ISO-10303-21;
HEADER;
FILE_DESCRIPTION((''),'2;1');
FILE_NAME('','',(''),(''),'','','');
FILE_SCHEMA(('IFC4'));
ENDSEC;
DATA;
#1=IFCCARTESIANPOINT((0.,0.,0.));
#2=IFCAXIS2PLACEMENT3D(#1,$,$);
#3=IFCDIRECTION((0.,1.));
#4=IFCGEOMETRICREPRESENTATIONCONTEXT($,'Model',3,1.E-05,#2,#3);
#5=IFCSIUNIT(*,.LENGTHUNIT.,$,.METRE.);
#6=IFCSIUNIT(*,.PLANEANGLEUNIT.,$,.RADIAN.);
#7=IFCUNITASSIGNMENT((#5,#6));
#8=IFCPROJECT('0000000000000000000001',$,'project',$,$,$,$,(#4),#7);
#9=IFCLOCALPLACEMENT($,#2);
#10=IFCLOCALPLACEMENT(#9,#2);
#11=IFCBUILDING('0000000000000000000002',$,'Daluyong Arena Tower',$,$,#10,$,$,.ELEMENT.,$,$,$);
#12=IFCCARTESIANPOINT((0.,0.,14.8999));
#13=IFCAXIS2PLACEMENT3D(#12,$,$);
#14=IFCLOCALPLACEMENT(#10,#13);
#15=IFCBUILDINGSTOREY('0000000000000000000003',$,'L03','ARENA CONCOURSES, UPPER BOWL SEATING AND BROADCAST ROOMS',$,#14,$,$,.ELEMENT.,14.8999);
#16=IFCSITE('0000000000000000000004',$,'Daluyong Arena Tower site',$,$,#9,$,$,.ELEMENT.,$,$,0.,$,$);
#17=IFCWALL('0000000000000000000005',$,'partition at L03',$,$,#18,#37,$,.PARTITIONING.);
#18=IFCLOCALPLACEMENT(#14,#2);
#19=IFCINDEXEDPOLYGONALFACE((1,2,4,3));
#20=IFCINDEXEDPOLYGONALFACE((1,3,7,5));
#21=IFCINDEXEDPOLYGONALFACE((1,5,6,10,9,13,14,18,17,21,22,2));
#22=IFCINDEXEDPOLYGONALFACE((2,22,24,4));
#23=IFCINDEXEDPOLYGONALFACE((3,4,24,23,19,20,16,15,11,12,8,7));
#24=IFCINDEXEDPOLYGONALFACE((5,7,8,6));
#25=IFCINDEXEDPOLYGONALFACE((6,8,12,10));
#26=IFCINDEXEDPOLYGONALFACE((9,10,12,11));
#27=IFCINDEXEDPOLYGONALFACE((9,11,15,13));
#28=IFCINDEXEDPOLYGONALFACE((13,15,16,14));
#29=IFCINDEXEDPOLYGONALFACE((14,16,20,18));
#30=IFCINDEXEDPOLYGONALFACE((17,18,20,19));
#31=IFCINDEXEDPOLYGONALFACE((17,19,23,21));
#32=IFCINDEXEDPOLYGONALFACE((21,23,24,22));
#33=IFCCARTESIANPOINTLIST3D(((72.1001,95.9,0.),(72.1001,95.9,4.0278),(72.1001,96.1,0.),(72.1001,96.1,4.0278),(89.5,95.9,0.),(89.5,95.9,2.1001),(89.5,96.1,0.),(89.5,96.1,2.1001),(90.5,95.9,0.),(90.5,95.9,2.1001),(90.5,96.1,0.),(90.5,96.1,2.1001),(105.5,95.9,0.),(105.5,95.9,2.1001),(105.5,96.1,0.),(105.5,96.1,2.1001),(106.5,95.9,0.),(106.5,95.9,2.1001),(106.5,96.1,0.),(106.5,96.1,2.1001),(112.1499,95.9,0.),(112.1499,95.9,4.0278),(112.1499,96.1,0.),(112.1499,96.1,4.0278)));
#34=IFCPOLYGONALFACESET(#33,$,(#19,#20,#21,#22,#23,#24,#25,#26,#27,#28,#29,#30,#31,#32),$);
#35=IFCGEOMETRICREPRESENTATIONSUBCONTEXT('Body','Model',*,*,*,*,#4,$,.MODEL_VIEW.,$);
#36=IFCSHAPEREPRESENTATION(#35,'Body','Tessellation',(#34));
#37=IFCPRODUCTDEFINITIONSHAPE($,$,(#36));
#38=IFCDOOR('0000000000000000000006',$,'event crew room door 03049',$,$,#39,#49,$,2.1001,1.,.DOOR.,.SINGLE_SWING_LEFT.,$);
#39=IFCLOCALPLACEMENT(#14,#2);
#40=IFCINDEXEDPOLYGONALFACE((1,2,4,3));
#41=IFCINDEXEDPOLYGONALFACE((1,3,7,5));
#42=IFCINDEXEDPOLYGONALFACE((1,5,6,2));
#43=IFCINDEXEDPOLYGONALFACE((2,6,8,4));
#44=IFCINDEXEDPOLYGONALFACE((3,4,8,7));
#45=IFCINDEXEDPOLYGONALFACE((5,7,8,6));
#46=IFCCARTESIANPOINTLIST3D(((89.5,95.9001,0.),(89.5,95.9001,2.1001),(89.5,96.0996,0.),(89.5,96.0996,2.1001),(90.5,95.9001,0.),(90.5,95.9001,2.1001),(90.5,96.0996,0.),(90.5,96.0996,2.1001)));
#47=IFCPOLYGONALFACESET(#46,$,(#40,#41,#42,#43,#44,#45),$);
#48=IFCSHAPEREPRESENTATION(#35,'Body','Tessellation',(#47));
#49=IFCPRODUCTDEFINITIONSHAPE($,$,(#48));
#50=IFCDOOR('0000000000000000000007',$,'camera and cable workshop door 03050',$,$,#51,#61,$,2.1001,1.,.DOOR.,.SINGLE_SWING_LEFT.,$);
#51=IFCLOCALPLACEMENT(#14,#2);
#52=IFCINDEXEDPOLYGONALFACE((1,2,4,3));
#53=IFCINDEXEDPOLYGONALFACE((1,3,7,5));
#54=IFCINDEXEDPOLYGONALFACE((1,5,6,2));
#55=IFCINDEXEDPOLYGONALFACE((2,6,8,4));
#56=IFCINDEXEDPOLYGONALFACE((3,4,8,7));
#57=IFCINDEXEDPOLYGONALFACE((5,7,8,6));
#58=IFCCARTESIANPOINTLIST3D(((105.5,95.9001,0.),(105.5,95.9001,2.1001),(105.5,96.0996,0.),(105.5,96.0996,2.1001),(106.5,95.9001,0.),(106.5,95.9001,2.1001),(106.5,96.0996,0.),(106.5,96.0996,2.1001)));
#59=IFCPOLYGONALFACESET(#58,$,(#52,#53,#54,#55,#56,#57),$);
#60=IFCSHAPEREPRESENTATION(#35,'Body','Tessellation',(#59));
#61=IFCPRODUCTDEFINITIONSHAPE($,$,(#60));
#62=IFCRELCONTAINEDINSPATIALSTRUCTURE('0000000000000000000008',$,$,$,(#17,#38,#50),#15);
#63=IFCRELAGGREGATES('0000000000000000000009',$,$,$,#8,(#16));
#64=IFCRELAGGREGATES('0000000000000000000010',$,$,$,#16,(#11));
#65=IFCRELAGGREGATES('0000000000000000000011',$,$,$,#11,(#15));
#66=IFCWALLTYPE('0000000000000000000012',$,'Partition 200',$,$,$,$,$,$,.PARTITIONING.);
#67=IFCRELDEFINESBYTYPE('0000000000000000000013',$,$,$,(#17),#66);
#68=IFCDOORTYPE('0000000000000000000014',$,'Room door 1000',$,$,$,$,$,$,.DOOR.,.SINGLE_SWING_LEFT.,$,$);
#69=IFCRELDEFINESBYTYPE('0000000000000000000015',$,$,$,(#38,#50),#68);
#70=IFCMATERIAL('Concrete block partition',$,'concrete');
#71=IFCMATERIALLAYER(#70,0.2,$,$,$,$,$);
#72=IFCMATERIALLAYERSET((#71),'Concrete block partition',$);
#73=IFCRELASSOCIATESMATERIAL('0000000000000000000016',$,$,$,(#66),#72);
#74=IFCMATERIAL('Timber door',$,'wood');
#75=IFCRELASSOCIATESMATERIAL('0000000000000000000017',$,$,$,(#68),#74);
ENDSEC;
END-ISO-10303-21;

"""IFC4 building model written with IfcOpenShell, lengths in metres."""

from ifc_helpers import new_model, si_unit, direction, frame, frame_2d, origin, place, context, subcontext, project, spatial, rectangle, extrude, material, layer, layer_set, type_object, element, fill, save


model = new_model("IFC4")

# Units and contexts
model_context = context("Model", 3, precision=1e-05, world=origin(), true_north=direction((0.0, 1.0)))
body_context = subcontext(model_context, "Body", "Model", "MODEL_VIEW")
ifc_project = project(units=[si_unit("LENGTHUNIT", "METRE"), si_unit("PLANEANGLEUNIT", "RADIAN")], contexts=[model_context])

# Site, building, storey
site_placement = place(None, origin())
site = spatial("IfcSite", under=ifc_project, at=site_placement, Name="Daluyong Arena Tower site", CompositionType="ELEMENT", RefElevation=0.0)
building_placement = place(site_placement, origin())
building = spatial("IfcBuilding", under=site, at=building_placement, Name="Daluyong Arena Tower", CompositionType="ELEMENT")
storey_placement = place(building_placement, frame((0.0, 0.0, 14.8999)))
storey = spatial("IfcBuildingStorey", under=building, at=storey_placement, Name="L03", Description="ARENA CONCOURSES, UPPER BOWL SEATING AND BROADCAST ROOMS", CompositionType="ELEMENT", Elevation=14.8999)

# Wall, openings, doors
ifc_material_1 = material(Name="Concrete block partition", Category="concrete")
ifc_layer = layer(ifc_material_1, 0.2)
ifc_layer_set = layer_set([ifc_layer], Name="Concrete block partition")
wall_type = type_object("IfcWallType", Name="Partition 200", PredefinedType="PARTITIONING", material=ifc_layer_set)
wall_placement = place(storey_placement, frame((72.1001, 96.0, 0.0), z_axis=(0.0, 0.0, 1.0), x_axis=(1.0, 0.0, 0.0)))
wall = element("IfcWall", 1, at=wall_placement, inside=storey, type_object=wall_type, Name="partition at L03", PredefinedType="PARTITIONING", context=body_context, shape_type="SweptSolid", body=[
    extrude(rectangle(XDim=40.0498, YDim=0.2, at=frame_2d((20.0249, 0.0))), origin(), (0.0, 0.0, 1.0), 4.0278),
])
opening_1_placement = place(wall_placement, frame((17.3999, 0.0, 0.0)))
opening_1 = element("IfcOpeningElement", 2, at=opening_1_placement, cuts=wall, PredefinedType="OPENING", context=body_context, shape_type="SweptSolid", body=[
    extrude(rectangle(XDim=1.0, YDim=2.1001, at=frame_2d((0.5, 1.05))), frame((0.0, 0.1099, 0.0), z_axis=(0.0, -1.0, 0.0), x_axis=(1.0, 0.0, 0.0)), (0.0, 0.0, 1.0), 0.22),
])
opening_2_placement = place(wall_placement, frame((33.3999, 0.0, 0.0)))
opening_2 = element("IfcOpeningElement", 3, at=opening_2_placement, cuts=wall, PredefinedType="OPENING", context=body_context, shape_type="SweptSolid", body=[
    extrude(rectangle(XDim=1.0, YDim=2.1001, at=frame_2d((0.5, 1.05))), frame((0.0, 0.1099, 0.0), z_axis=(0.0, -1.0, 0.0), x_axis=(1.0, 0.0, 0.0)), (0.0, 0.0, 1.0), 0.22),
])
ifc_material_2 = material(Name="Timber door", Category="wood")
door_type = type_object("IfcDoorType", Name="Room door 1000", OperationType="SINGLE_SWING_LEFT", PredefinedType="DOOR", material=ifc_material_2)
door_1_placement = place(opening_1_placement, origin())
door_1 = element("IfcDoor", 4, at=door_1_placement, inside=storey, type_object=door_type, Name="event crew room door 03049", OperationType="SINGLE_SWING_LEFT", OverallHeight=2.1001, OverallWidth=1.0, PredefinedType="DOOR", context=body_context, shape_type="SweptSolid", body=[
    extrude(rectangle(XDim=1.0, YDim=2.1001, at=frame_2d((0.5, 1.05))), frame((0.0, 0.0996, 0.0), z_axis=(0.0, -1.0, 0.0), x_axis=(1.0, 0.0, 0.0)), (0.0, 0.0, 1.0), 0.1995),
])
fill(opening_1, door_1)
door_2_placement = place(opening_2_placement, origin())
door_2 = element("IfcDoor", 5, at=door_2_placement, inside=storey, type_object=door_type, Name="camera and cable workshop door 03050", OperationType="SINGLE_SWING_LEFT", OverallHeight=2.1001, OverallWidth=1.0, PredefinedType="DOOR", context=body_context, shape_type="SweptSolid", body=[
    extrude(rectangle(XDim=1.0, YDim=2.1001, at=frame_2d((0.5, 1.05))), frame((0.0, 0.0996, 0.0), z_axis=(0.0, -1.0, 0.0), x_axis=(1.0, 0.0, 0.0)), (0.0, 0.0, 1.0), 0.1995),
])
fill(opening_2, door_2)

save(model, "model.ifc")
